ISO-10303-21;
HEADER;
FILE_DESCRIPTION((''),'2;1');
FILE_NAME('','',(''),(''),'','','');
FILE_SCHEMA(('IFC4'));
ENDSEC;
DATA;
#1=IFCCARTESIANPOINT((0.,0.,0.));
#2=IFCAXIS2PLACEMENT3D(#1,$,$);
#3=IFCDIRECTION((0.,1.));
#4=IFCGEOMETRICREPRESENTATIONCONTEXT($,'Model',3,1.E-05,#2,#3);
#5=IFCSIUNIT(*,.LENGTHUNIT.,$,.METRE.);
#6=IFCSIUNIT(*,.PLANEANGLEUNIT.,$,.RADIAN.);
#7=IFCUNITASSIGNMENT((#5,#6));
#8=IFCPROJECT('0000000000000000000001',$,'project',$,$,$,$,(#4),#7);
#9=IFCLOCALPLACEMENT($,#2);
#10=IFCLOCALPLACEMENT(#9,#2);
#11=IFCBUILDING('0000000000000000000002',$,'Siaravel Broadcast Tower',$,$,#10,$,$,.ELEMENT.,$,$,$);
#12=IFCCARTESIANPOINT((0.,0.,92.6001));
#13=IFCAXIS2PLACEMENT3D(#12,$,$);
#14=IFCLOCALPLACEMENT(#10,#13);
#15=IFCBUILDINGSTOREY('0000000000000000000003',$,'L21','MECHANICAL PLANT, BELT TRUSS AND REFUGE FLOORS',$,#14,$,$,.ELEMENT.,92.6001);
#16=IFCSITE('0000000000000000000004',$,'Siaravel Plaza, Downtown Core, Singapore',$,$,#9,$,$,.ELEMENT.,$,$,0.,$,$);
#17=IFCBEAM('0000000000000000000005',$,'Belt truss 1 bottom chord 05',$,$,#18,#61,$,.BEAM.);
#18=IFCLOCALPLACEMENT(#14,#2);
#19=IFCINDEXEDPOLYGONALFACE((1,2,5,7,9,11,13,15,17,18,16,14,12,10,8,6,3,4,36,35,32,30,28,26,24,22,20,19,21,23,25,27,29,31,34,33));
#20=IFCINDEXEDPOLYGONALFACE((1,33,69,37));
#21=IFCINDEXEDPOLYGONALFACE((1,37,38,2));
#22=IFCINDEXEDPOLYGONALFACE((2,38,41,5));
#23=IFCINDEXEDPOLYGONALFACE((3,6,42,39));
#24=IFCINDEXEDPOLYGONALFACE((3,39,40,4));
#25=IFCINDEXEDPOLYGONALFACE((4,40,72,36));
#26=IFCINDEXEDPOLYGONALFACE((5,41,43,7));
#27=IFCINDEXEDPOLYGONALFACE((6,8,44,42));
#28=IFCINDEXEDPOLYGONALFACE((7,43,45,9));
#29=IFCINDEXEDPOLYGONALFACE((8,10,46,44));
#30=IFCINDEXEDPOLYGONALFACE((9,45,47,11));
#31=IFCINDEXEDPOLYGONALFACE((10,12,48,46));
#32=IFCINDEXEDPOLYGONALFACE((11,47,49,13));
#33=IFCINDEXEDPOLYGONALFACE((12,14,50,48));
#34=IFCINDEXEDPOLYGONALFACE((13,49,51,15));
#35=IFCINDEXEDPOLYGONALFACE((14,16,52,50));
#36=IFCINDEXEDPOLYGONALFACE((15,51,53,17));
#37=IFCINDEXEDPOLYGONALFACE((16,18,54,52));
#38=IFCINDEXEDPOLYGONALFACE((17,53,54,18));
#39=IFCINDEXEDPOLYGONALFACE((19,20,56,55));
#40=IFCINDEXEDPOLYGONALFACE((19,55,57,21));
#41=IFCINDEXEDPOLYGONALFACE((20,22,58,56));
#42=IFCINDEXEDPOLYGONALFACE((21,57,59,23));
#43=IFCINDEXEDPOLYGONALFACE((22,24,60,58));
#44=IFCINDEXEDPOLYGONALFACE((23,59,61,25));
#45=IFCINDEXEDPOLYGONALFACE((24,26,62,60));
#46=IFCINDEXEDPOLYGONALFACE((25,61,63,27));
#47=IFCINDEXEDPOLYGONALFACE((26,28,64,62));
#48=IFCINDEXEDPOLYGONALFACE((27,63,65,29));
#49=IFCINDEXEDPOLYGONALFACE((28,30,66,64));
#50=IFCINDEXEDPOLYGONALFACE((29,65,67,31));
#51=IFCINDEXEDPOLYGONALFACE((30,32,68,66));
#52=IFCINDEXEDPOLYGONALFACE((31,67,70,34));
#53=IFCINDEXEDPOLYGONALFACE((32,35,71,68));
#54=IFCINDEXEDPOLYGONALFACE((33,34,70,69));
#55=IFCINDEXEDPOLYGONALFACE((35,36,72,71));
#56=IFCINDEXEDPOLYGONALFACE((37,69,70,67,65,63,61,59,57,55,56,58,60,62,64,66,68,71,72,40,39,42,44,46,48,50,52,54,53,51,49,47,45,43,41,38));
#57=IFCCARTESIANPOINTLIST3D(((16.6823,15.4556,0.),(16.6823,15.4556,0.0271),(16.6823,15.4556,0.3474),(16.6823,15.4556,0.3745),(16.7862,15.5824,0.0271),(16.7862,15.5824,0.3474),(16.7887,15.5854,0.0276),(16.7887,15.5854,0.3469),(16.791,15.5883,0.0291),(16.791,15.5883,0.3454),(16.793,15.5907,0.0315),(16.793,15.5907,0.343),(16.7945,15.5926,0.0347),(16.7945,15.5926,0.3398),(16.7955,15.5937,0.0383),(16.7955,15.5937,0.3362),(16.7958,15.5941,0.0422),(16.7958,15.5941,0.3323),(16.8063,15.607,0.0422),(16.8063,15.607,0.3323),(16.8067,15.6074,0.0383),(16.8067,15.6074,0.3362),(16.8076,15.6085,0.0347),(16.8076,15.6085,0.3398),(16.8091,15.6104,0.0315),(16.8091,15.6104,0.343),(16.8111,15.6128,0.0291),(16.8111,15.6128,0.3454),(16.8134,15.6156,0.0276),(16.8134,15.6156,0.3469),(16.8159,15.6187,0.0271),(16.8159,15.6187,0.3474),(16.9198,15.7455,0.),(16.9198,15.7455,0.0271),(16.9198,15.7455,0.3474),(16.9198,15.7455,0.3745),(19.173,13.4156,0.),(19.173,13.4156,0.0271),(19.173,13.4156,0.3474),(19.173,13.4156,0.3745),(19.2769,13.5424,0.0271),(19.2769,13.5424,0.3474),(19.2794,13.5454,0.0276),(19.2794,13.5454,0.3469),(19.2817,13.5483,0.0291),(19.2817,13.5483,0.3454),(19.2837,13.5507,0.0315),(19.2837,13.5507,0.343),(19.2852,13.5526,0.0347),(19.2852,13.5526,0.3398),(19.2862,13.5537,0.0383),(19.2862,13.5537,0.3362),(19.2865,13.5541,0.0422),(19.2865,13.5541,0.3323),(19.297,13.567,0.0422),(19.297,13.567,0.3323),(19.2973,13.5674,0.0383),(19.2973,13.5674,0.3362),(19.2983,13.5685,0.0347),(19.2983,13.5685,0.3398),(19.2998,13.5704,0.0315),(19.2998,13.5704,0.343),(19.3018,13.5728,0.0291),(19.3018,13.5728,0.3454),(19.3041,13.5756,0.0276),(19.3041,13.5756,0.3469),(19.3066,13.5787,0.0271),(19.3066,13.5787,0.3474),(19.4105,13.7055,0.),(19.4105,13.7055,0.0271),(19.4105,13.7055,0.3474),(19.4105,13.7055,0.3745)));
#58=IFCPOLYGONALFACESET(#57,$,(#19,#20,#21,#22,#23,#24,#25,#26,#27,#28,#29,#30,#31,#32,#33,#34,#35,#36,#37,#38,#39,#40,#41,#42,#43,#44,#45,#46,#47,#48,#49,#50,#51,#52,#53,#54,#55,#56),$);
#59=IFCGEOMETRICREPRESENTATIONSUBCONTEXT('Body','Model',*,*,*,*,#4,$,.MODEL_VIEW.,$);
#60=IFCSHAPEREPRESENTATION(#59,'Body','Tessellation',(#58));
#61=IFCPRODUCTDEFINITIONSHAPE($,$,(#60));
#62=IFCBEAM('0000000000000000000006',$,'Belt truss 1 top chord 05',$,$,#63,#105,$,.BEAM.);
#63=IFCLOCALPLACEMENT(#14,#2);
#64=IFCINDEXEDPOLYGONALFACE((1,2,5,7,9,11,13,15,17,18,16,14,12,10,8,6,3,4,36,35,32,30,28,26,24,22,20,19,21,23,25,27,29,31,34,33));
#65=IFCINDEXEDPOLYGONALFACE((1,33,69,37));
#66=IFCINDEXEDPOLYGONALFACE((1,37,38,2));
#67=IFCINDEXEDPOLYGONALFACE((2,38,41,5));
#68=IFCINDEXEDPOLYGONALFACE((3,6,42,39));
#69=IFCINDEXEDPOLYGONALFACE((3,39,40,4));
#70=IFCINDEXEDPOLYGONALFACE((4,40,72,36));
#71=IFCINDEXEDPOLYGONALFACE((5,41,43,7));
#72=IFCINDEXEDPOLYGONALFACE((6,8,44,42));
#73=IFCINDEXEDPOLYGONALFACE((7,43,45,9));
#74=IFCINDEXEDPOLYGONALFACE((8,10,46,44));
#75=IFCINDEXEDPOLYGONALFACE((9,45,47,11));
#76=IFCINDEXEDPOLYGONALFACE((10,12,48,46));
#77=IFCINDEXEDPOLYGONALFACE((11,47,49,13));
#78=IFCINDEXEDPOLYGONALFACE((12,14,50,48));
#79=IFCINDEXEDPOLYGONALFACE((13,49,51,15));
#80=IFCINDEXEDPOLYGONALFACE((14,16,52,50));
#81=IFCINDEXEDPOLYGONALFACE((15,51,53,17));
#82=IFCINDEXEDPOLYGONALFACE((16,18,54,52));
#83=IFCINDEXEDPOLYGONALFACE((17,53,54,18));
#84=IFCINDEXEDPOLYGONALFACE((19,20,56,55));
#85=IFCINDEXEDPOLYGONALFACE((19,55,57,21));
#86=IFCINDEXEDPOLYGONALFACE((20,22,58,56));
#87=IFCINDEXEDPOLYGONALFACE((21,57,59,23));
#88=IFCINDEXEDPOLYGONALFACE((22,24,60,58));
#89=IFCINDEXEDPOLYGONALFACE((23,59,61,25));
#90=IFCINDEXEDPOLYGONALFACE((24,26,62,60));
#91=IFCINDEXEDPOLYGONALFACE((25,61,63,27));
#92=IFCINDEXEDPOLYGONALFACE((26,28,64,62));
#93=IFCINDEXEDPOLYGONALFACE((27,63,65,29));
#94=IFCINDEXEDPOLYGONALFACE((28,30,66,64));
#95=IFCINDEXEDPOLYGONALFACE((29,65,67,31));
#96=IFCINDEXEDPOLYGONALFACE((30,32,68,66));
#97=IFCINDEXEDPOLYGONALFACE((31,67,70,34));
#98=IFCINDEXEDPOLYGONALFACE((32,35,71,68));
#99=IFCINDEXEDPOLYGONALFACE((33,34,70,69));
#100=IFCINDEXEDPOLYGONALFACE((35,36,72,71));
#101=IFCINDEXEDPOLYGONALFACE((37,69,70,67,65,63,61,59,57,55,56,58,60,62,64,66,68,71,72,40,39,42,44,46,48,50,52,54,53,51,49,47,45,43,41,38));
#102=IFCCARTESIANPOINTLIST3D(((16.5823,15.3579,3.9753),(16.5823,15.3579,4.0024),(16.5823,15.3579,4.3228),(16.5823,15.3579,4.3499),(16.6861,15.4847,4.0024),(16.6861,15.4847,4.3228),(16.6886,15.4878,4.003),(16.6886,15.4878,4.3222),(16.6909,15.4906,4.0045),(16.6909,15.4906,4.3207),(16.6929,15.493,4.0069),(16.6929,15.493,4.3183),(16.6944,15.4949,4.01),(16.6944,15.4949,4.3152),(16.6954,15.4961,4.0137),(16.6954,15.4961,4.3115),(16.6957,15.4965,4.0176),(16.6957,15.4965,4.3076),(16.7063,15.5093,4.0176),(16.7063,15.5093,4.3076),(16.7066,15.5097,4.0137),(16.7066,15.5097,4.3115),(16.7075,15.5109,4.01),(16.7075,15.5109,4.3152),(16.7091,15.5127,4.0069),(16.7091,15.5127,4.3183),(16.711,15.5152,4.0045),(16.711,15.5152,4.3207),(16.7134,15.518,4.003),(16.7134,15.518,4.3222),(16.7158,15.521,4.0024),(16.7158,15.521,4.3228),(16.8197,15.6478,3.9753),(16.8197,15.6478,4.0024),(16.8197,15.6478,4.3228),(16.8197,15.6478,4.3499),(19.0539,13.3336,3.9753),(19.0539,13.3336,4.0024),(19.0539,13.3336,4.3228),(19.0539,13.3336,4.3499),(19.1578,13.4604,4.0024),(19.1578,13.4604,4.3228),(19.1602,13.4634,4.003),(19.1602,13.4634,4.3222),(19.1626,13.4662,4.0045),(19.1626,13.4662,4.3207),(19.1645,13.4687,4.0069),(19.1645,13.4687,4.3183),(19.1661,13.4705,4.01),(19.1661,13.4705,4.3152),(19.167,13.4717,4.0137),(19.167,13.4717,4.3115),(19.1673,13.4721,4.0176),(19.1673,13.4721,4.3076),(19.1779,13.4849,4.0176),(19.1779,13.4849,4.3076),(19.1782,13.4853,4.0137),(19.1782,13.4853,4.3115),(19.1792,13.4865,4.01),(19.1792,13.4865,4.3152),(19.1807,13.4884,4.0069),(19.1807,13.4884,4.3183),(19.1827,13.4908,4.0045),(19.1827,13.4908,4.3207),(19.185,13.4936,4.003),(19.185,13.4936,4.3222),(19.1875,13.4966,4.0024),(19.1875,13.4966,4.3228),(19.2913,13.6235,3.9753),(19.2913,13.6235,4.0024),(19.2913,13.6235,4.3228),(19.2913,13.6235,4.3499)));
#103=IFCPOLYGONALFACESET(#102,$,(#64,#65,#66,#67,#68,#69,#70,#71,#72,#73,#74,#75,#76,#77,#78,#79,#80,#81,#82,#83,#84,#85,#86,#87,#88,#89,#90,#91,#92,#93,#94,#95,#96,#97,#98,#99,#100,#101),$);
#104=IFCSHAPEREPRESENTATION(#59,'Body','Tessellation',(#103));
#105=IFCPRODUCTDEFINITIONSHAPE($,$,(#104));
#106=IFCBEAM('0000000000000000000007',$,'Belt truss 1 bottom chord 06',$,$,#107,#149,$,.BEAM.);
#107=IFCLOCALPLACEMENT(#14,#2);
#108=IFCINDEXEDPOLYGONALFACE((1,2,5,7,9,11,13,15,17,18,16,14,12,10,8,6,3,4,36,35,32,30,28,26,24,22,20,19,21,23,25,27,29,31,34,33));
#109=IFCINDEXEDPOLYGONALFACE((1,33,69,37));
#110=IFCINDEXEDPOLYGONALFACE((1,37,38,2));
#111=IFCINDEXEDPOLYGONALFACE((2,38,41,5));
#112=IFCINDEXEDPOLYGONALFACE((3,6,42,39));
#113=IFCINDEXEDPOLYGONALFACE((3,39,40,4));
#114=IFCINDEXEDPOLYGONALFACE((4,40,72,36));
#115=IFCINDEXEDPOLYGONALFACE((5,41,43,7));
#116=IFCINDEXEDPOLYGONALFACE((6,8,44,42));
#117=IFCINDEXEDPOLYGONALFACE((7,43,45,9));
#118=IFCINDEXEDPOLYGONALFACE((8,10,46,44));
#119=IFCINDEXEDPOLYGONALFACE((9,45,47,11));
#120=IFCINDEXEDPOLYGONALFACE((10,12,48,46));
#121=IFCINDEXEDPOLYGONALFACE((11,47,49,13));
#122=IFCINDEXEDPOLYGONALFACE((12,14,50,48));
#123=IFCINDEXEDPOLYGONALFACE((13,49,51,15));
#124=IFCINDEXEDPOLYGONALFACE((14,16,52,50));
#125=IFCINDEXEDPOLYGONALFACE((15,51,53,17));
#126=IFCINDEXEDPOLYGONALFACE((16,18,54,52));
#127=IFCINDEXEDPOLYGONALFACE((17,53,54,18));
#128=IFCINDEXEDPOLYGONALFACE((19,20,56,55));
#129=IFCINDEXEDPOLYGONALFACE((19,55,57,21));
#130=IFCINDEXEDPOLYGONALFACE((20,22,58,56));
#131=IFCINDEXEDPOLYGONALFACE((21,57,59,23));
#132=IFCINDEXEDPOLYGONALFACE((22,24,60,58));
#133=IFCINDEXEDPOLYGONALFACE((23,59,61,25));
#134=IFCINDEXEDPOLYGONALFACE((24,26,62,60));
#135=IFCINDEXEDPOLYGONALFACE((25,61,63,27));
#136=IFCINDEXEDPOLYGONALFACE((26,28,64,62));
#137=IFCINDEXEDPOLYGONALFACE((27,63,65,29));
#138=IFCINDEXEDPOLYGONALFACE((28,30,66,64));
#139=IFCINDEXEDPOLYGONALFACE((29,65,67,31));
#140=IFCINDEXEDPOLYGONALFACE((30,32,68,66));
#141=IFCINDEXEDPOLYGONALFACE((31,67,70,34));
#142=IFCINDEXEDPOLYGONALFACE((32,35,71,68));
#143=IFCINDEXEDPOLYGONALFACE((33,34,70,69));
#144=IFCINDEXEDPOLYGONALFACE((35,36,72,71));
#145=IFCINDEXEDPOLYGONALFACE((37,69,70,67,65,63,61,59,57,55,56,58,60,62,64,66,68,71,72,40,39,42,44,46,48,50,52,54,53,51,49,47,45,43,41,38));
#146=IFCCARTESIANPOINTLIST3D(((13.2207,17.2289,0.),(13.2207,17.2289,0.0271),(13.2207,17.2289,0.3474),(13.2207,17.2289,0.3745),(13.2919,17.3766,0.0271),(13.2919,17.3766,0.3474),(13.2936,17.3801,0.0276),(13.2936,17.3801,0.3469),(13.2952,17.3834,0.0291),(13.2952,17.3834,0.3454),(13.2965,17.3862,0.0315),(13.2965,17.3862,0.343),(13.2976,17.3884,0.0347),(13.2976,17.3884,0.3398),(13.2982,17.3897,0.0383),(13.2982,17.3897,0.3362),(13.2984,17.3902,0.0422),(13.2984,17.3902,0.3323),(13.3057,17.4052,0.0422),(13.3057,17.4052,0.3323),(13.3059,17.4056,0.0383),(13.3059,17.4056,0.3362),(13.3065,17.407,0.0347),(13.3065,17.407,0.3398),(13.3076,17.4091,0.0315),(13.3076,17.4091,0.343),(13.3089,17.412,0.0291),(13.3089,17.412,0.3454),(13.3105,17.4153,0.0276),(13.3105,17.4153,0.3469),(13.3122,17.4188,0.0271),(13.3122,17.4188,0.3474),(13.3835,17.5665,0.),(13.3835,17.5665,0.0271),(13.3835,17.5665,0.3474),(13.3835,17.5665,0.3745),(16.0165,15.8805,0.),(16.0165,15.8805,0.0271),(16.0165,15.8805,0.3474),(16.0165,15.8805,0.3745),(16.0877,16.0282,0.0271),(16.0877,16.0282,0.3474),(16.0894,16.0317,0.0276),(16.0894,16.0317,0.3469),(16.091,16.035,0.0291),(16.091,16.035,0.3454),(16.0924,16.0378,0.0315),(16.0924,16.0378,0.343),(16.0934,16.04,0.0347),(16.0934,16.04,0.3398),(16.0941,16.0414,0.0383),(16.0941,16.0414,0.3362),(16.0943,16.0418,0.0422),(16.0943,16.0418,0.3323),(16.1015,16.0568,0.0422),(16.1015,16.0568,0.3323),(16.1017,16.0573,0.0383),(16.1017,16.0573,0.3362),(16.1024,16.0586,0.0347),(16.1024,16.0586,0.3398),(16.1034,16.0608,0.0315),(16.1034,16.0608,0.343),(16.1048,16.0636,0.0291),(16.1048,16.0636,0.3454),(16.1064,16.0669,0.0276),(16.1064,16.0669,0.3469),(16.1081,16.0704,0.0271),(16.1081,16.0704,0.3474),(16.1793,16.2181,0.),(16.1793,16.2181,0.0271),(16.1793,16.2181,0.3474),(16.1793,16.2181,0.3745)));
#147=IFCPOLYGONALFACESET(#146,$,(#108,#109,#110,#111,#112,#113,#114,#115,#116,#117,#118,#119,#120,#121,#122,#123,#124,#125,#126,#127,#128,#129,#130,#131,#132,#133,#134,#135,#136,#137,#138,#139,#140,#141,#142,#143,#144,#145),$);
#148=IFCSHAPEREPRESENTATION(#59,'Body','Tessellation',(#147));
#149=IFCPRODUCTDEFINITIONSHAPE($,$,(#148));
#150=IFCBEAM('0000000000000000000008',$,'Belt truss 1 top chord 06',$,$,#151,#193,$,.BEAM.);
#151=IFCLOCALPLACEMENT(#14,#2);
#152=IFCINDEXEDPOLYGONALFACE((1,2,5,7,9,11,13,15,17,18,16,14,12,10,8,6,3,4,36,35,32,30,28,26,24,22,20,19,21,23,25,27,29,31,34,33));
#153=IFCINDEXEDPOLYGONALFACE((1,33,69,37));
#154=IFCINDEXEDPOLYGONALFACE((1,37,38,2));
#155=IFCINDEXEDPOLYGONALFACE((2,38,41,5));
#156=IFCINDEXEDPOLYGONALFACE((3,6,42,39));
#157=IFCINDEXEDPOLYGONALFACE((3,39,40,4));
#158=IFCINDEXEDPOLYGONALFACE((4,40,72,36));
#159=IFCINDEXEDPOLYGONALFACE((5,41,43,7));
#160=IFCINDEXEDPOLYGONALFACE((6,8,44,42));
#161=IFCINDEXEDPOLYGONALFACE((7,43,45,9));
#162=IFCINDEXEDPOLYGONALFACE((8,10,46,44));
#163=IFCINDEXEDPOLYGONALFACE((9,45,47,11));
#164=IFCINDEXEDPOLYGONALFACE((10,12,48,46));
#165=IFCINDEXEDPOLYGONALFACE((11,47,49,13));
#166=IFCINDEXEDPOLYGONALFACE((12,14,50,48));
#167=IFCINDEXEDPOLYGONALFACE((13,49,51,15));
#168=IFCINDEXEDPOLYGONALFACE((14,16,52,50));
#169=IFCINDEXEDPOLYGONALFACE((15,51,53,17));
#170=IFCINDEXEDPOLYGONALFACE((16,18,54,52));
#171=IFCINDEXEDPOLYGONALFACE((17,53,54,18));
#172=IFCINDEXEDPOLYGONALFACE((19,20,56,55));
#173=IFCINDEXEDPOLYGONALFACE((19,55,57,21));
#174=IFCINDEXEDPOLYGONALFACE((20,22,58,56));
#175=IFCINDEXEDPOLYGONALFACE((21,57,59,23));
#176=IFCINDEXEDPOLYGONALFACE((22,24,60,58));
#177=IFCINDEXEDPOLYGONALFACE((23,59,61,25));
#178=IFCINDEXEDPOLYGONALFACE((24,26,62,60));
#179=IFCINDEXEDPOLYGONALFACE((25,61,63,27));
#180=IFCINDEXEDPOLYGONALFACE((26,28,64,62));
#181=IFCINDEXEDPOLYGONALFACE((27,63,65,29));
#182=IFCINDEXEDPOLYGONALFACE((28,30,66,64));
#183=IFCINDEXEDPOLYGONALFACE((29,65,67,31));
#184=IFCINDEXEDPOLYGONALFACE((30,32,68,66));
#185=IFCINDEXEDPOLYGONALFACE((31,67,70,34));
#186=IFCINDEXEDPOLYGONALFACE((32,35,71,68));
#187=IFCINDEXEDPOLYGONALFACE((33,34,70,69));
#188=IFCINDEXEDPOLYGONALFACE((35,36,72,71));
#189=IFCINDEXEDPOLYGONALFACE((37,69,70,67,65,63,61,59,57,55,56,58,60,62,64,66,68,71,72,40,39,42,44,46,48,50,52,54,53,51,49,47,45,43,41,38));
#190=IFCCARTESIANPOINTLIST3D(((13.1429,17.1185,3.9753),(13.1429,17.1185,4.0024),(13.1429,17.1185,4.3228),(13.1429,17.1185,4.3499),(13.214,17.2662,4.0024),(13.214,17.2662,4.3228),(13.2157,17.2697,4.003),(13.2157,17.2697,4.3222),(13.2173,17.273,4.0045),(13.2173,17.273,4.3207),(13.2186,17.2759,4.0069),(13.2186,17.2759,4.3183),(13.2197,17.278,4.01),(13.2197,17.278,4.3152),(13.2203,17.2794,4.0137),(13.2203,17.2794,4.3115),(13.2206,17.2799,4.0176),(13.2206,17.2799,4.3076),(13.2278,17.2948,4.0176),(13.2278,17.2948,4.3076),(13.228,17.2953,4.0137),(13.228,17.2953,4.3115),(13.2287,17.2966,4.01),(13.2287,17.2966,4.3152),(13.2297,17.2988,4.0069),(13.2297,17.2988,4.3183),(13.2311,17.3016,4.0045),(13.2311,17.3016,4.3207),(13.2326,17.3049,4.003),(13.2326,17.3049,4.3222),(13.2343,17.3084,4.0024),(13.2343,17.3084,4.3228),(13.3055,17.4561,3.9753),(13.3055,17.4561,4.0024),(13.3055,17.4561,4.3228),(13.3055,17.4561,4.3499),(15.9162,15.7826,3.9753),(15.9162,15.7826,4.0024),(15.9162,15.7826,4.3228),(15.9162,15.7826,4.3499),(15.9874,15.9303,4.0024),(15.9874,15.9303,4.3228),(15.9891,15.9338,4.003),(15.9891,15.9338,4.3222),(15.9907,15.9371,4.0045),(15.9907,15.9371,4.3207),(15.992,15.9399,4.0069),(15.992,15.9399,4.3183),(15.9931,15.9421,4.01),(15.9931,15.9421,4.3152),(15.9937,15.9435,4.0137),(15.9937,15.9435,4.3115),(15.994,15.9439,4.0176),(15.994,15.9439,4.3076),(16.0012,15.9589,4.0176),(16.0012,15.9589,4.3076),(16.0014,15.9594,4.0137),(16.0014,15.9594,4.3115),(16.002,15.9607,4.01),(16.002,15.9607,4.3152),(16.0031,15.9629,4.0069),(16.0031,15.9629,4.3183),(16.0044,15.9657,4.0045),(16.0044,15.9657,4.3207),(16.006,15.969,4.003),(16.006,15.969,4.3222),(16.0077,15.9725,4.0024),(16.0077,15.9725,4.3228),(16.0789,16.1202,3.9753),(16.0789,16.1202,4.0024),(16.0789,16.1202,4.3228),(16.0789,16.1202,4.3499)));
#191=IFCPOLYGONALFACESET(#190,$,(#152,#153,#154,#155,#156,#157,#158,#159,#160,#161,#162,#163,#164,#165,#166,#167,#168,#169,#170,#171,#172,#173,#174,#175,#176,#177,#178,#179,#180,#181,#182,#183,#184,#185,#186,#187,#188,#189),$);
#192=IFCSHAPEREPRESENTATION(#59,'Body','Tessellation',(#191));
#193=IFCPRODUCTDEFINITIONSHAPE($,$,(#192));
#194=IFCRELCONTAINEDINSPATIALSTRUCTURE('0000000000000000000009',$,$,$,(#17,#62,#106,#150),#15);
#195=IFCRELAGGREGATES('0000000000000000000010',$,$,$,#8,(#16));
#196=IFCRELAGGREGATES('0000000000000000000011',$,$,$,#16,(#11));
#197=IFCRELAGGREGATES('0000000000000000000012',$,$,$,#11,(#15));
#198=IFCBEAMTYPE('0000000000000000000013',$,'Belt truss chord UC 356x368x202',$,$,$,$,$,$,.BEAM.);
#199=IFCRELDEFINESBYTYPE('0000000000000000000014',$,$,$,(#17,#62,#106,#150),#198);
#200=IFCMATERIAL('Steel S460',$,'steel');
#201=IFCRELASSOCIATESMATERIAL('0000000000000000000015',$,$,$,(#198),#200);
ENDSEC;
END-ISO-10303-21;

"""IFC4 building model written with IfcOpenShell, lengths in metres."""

from ifc_helpers import new_model, si_unit, direction, frame, origin, origin_2d, place, context, subcontext, project, spatial, i_section, extrude, material, material_profile, profile_set, type_object, element, save


model = new_model("IFC4")

# Units and contexts
model_context = context("Model", 3, precision=1e-05, world=origin(), true_north=direction((0.0, 1.0)))
body_context = subcontext(model_context, "Body", "Model", "MODEL_VIEW")
ifc_project = project(units=[si_unit("LENGTHUNIT", "METRE"), si_unit("PLANEANGLEUNIT", "RADIAN")], contexts=[model_context])

# Site, building, storey
site_placement = place(None, origin())
site = spatial("IfcSite", under=ifc_project, at=site_placement, Name="Siaravel Plaza, Downtown Core, Singapore", CompositionType="ELEMENT", RefElevation=0.0)
building_placement = place(site_placement, origin())
building = spatial("IfcBuilding", under=site, at=building_placement, Name="Siaravel Broadcast Tower", CompositionType="ELEMENT")
storey_placement = place(building_placement, frame((0.0, 0.0, 92.6001)))
storey = spatial("IfcBuildingStorey", under=building, at=storey_placement, Name="L21", Description="MECHANICAL PLANT, BELT TRUSS AND REFUGE FLOORS", CompositionType="ELEMENT", Elevation=92.6001)

# Beams
ifc_material_1 = material(Name="Steel S460", Category="steel")
ifc_material_profile_1 = material_profile(ifc_material_1, i_section(OverallWidth=0.3748, OverallDepth=0.3745, WebThickness=0.0166, FlangeThickness=0.0271, FilletRadius=0.0151, at=origin_2d()))
ifc_profile_set_1 = profile_set([ifc_material_profile_1], Name="Steel S460")
beam_type_1 = type_object("IfcBeamType", Name="Belt truss chord UC 356x368x202", PredefinedType="BEAM", material=ifc_profile_set_1)
beam_1_placement = place(storey_placement, frame((19.2917, 13.5605, 0.1873), z_axis=(-0.773626, 0.633642, 0.0), x_axis=(-0.633642, -0.773626, 0.0)))
element("IfcBeam", 1, at=beam_1_placement, inside=storey, type_object=beam_type_1, Name="Belt truss 1 bottom chord 05", PredefinedType="BEAM", context=body_context, shape_type="SweptSolid", body=[
    extrude(i_section(OverallWidth=0.3748, OverallDepth=0.3745, WebThickness=0.0166, FlangeThickness=0.0271, FilletRadius=0.0151, at=origin_2d()), origin(), (0.0, 0.0, 1.0), 3.2195),
])
beam_2_placement = place(storey_placement, frame((19.1726, 13.4785, 4.1626), z_axis=(-0.77363, 0.633637, 0.0), x_axis=(-0.633637, -0.77363, 0.0)))
element("IfcBeam", 2, at=beam_2_placement, inside=storey, type_object=beam_type_1, Name="Belt truss 1 top chord 05", PredefinedType="BEAM", context=body_context, shape_type="SweptSolid", body=[
    extrude(i_section(OverallWidth=0.3748, OverallDepth=0.3745, WebThickness=0.0166, FlangeThickness=0.0271, FilletRadius=0.0151, at=origin_2d()), origin(), (0.0, 0.0, 1.0), 3.1948),
])
beam_3_placement = place(storey_placement, frame((16.0979, 16.0493, 0.1873), z_axis=(-0.900723, 0.434395, 0.0), x_axis=(-0.434395, -0.900723, 0.0)))
element("IfcBeam", 3, at=beam_3_placement, inside=storey, type_object=beam_type_1, Name="Belt truss 1 bottom chord 06", PredefinedType="BEAM", context=body_context, shape_type="SweptSolid", body=[
    extrude(i_section(OverallWidth=0.3748, OverallDepth=0.3745, WebThickness=0.0166, FlangeThickness=0.0271, FilletRadius=0.0151, at=origin_2d()), origin(), (0.0, 0.0, 1.0), 3.104),
])
beam_4_placement = place(storey_placement, frame((15.9976, 15.9514, 4.1626), z_axis=(-0.900928, 0.433968, 0.0), x_axis=(-0.433968, -0.900928, 0.0)))
element("IfcBeam", 4, at=beam_4_placement, inside=storey, type_object=beam_type_1, Name="Belt truss 1 top chord 06", PredefinedType="BEAM", context=body_context, shape_type="SweptSolid", body=[
    extrude(i_section(OverallWidth=0.3748, OverallDepth=0.3745, WebThickness=0.0166, FlangeThickness=0.0271, FilletRadius=0.0151, at=origin_2d()), origin(), (0.0, 0.0, 1.0), 3.0784),
])

save(model, "model.ifc")
